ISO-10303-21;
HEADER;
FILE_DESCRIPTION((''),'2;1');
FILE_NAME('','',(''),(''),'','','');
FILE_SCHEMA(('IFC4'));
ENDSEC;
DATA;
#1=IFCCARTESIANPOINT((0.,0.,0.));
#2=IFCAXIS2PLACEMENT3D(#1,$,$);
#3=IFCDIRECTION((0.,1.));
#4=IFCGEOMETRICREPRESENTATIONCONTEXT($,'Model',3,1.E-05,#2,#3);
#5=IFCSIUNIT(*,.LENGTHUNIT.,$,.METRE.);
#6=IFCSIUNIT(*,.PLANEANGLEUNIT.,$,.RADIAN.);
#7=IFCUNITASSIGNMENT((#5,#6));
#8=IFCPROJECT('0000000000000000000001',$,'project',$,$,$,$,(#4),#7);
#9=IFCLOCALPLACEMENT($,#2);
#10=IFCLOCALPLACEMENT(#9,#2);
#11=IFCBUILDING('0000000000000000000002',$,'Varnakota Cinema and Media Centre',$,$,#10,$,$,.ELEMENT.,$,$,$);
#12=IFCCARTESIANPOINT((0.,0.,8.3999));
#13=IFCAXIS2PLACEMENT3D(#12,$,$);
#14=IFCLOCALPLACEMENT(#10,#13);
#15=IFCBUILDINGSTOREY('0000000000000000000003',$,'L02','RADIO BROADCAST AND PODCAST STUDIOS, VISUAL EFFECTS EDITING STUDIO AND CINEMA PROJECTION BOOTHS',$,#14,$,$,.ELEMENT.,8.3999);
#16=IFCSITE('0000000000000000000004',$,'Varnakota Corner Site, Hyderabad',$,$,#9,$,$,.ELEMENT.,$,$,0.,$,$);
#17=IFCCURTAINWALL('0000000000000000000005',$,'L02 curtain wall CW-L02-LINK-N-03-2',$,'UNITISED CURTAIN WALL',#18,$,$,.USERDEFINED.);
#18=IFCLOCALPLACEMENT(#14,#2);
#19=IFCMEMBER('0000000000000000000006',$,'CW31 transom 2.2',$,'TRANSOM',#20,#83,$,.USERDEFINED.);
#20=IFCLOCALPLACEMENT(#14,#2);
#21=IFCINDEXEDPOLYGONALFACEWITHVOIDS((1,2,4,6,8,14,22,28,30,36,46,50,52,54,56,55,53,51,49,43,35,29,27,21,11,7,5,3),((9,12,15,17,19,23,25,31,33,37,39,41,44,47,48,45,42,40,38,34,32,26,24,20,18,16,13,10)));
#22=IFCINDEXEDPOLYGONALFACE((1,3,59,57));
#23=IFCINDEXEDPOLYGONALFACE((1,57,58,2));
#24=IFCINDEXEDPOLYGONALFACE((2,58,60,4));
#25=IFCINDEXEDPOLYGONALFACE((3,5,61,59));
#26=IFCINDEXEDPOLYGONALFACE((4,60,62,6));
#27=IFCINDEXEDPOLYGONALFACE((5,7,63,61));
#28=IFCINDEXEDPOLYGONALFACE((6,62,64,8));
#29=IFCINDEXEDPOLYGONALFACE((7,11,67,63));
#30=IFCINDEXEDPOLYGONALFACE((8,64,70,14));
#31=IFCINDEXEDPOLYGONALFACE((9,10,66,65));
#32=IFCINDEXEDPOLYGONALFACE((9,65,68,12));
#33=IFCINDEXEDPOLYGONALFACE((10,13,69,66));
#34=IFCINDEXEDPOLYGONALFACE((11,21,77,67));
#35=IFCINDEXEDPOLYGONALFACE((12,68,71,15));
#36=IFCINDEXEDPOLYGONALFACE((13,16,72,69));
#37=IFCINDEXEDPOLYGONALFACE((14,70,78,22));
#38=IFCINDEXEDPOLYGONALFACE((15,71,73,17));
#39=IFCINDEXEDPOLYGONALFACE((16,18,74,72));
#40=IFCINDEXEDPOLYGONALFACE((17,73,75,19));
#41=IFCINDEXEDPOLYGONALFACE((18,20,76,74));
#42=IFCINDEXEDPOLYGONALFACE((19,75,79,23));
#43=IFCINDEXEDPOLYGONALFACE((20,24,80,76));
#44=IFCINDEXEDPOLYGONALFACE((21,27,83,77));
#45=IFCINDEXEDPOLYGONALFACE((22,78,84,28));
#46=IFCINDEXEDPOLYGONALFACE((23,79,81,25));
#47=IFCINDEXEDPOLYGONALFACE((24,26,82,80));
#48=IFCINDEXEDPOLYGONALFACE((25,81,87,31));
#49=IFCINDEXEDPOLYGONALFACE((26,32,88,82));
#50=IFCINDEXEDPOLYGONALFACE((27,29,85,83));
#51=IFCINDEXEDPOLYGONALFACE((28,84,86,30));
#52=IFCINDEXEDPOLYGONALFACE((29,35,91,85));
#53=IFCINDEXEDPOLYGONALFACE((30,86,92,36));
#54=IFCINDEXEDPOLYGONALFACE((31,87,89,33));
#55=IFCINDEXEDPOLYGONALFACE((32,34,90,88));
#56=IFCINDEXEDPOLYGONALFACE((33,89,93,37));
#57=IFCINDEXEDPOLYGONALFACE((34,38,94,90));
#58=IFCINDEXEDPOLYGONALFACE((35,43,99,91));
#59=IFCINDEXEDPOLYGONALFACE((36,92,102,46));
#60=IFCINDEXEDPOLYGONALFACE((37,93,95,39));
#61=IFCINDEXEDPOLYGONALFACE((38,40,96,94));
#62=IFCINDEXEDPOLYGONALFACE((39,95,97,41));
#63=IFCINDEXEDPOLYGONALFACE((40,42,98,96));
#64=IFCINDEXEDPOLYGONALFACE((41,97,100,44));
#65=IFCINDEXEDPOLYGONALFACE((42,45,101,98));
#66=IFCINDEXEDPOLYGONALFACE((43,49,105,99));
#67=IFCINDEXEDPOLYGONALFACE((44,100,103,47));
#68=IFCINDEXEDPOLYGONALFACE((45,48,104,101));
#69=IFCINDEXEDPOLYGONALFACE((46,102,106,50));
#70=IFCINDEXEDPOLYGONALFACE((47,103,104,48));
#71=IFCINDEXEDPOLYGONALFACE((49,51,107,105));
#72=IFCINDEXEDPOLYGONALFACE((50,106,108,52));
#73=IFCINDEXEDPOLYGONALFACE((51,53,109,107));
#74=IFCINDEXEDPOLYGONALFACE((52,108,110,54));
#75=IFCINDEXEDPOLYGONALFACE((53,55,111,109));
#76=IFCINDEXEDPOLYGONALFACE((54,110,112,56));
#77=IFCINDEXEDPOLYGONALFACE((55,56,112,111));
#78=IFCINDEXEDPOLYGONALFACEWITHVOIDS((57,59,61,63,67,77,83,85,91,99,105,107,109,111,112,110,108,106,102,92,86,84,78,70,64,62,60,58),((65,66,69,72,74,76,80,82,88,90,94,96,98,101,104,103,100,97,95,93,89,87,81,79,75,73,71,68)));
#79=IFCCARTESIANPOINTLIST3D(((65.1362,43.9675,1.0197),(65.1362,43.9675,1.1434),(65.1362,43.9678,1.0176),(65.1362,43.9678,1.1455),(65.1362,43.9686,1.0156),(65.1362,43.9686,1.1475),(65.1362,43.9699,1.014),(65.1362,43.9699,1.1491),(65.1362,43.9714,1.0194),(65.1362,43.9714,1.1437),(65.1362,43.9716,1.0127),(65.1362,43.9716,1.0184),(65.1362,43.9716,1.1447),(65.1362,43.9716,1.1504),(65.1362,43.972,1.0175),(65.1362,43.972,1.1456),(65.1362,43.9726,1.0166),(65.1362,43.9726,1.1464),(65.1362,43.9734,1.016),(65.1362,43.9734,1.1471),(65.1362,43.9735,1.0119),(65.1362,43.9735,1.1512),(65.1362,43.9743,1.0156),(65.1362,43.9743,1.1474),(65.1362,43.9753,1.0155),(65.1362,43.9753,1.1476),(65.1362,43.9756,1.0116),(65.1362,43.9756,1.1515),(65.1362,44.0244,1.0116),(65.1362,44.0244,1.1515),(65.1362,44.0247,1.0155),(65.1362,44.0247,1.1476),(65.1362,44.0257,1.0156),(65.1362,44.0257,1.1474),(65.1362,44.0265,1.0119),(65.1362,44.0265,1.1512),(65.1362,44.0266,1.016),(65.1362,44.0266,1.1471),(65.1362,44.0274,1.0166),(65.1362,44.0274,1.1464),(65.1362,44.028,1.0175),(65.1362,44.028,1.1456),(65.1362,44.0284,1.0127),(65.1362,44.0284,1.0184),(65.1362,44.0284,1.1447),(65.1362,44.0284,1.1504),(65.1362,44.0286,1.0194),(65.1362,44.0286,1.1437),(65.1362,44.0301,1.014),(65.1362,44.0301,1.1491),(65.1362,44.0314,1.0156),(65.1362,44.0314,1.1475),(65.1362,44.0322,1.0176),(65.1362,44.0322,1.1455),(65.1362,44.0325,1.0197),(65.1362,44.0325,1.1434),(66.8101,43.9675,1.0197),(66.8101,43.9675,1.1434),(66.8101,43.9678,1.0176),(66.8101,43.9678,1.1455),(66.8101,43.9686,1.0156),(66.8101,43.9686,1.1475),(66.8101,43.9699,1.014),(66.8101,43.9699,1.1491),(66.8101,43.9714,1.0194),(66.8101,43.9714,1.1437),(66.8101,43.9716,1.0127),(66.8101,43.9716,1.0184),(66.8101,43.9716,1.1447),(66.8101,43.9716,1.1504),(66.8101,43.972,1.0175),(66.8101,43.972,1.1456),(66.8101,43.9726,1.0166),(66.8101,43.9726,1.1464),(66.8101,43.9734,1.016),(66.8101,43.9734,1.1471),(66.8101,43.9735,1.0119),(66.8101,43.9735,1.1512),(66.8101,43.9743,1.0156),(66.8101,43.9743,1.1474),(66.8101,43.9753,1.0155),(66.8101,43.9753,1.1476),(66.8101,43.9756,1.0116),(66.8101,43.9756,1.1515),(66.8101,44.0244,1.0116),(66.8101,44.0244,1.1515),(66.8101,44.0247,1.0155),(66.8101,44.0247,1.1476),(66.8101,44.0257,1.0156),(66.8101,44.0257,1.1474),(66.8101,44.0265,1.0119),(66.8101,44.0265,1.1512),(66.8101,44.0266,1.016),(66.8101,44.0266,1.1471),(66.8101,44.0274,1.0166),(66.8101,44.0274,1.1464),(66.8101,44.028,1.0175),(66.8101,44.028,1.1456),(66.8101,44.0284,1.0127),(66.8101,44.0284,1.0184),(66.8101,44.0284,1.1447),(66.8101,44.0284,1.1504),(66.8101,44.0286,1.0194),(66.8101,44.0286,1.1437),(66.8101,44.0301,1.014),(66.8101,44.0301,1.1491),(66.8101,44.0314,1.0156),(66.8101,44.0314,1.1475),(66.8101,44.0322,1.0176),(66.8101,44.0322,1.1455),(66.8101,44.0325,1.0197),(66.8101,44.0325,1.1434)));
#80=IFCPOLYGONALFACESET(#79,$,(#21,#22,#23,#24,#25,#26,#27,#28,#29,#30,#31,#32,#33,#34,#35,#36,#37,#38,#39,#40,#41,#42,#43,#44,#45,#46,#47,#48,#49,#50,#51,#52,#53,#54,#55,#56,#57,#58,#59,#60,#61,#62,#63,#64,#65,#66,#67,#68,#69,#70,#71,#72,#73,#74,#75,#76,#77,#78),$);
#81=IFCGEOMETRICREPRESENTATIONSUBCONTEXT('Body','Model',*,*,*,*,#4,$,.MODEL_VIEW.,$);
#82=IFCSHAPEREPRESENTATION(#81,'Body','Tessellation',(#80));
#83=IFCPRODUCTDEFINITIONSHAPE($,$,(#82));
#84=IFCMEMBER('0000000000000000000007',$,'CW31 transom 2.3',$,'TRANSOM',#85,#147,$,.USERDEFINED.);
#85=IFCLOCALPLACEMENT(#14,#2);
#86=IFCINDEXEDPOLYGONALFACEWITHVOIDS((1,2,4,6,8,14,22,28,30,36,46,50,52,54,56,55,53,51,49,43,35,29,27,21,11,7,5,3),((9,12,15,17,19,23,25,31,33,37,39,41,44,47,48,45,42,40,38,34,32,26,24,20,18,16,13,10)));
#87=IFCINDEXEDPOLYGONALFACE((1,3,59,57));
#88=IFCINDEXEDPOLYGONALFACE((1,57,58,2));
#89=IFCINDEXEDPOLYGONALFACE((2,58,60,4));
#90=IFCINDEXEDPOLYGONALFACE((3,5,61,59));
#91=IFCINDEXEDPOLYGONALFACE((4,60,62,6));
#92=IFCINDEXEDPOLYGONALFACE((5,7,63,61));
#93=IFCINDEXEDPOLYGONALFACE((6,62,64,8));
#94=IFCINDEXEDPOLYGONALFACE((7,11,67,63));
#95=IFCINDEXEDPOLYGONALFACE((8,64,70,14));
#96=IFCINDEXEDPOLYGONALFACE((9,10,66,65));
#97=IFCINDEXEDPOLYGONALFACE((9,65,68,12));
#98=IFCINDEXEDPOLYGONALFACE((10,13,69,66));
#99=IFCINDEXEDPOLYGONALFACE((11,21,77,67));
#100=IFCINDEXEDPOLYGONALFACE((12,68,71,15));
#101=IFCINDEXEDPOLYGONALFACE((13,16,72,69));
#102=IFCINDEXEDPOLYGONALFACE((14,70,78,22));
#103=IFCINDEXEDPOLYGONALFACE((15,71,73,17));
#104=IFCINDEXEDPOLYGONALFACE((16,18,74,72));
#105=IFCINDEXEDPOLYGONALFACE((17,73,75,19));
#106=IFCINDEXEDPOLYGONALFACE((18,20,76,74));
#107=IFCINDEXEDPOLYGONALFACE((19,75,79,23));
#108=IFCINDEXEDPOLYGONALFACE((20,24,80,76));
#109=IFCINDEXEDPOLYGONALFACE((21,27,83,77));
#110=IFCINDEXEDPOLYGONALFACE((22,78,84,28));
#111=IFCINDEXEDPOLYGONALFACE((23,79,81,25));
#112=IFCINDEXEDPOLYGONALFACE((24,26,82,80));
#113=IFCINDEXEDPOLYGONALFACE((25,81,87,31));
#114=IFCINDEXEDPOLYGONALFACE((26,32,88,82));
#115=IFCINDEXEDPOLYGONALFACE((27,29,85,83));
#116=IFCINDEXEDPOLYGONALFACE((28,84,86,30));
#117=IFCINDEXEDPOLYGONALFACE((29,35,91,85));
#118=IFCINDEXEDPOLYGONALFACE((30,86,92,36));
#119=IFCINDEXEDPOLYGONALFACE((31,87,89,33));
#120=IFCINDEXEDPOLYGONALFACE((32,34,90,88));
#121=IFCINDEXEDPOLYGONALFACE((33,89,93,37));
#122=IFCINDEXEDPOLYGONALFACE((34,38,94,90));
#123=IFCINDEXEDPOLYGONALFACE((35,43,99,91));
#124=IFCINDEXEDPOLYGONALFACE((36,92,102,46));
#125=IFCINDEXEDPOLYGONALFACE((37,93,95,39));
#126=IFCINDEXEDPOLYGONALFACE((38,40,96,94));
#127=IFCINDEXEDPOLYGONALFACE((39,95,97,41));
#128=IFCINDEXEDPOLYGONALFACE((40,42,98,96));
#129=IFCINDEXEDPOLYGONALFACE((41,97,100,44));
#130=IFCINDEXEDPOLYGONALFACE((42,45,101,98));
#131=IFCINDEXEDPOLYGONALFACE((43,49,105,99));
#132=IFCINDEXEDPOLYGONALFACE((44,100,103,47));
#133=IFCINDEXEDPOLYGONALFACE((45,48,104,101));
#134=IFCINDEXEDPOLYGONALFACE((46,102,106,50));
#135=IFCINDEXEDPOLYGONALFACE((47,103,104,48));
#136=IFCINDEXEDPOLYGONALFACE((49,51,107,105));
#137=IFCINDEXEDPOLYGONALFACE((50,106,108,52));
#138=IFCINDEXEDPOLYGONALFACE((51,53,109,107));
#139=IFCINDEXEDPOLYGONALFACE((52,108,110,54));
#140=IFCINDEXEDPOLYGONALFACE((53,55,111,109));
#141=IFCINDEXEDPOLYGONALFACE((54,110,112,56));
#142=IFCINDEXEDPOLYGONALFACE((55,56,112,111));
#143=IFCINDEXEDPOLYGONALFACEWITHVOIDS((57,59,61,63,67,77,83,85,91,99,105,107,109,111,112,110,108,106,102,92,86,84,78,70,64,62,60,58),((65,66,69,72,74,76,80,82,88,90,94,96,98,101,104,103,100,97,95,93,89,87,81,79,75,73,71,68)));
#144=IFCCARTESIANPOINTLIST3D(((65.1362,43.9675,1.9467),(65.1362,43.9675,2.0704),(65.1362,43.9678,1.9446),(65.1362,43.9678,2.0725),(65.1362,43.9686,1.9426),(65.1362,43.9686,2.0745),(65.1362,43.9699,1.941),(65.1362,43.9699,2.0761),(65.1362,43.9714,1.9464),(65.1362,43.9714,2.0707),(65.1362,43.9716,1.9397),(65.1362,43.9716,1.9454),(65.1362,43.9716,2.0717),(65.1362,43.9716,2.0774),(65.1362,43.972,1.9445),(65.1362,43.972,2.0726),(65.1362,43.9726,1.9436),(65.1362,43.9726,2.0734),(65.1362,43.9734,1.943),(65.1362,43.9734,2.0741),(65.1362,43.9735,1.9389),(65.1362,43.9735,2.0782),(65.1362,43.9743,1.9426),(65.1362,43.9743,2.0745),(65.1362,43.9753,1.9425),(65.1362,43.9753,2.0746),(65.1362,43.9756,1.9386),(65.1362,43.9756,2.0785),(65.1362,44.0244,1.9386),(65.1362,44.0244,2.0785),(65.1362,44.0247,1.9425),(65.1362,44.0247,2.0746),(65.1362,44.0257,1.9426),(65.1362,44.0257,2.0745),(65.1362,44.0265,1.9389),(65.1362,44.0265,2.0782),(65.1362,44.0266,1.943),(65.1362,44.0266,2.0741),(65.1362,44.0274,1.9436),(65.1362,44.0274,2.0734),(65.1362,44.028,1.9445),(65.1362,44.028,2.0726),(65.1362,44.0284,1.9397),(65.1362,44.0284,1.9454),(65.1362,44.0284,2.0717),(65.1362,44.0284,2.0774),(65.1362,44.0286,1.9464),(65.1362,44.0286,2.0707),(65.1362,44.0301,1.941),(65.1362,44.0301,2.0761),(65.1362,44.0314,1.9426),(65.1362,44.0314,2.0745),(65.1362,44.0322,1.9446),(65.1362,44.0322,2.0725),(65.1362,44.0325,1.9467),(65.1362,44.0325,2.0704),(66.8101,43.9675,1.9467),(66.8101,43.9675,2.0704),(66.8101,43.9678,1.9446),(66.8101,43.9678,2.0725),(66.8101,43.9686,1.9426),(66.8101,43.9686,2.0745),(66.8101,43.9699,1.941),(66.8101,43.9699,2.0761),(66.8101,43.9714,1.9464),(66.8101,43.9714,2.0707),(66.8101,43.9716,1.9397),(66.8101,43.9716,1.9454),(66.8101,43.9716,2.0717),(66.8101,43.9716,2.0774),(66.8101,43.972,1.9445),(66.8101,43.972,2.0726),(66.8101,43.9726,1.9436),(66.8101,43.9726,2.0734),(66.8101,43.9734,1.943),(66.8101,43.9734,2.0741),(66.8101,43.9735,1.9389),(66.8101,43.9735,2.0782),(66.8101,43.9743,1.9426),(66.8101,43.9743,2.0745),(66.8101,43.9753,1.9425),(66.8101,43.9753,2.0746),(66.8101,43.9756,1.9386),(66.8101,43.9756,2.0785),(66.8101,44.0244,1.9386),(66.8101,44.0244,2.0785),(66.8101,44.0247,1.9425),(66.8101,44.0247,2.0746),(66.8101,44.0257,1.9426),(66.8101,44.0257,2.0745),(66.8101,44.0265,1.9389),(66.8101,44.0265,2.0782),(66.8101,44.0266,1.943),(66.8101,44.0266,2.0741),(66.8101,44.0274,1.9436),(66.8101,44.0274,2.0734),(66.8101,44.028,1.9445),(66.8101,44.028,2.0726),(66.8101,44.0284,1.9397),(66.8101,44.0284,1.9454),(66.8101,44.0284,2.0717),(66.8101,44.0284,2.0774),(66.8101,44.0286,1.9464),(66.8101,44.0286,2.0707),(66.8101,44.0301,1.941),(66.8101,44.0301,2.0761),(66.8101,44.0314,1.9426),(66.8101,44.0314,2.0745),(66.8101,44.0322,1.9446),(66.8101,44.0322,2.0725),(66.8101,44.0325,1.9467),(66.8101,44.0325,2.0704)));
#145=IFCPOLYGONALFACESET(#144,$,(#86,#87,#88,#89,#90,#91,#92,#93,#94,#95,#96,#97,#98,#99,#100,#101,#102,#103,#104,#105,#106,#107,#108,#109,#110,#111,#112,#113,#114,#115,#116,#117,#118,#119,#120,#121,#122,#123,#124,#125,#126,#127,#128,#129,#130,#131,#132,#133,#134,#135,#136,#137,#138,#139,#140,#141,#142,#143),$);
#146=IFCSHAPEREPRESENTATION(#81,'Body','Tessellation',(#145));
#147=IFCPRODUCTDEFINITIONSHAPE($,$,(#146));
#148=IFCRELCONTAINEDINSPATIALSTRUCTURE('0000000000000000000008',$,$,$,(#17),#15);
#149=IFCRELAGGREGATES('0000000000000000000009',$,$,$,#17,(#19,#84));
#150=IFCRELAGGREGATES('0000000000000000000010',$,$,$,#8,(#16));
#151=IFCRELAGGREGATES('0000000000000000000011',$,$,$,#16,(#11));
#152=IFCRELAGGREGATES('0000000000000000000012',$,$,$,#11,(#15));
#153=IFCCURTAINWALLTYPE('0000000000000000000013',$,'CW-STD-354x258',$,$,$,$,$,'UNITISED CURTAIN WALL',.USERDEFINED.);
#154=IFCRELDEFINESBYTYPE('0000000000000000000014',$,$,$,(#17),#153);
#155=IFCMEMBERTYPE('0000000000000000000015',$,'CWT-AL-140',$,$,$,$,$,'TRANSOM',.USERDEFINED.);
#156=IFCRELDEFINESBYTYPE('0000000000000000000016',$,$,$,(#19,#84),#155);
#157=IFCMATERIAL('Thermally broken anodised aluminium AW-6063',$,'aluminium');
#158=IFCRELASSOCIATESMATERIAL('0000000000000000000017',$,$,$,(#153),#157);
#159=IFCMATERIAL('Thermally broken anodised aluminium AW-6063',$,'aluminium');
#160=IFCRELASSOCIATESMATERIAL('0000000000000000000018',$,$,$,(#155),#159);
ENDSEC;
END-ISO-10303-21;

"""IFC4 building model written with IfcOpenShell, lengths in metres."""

from ifc_helpers import new_model, si_unit, direction, frame, origin, origin_2d, place, context, subcontext, project, spatial, hollow_rectangle, extrude, material, material_profile, profile_set, type_object, element, aggregate, save


model = new_model("IFC4")

# Units and contexts
model_context = context("Model", 3, precision=1e-05, world=origin(), true_north=direction((0.0, 1.0)))
body_context = subcontext(model_context, "Body", "Model", "MODEL_VIEW")
ifc_project = project(units=[si_unit("LENGTHUNIT", "METRE"), si_unit("PLANEANGLEUNIT", "RADIAN")], contexts=[model_context])

# Site, building, storey
site_placement = place(None, origin())
site = spatial("IfcSite", under=ifc_project, at=site_placement, Name="Varnakota Corner Site, Hyderabad", CompositionType="ELEMENT", RefElevation=0.0)
building_placement = place(site_placement, origin())
building = spatial("IfcBuilding", under=site, at=building_placement, Name="Varnakota Cinema and Media Centre", CompositionType="ELEMENT")
storey_placement = place(building_placement, frame((0.0, 0.0, 8.3999)))
storey = spatial("IfcBuildingStorey", under=building, at=storey_placement, Name="L02", Description="RADIO BROADCAST AND PODCAST STUDIOS, VISUAL EFFECTS EDITING STUDIO AND CINEMA PROJECTION BOOTHS", CompositionType="ELEMENT", Elevation=8.3999)

# Curtain wall
ifc_material_1 = material(Name="Thermally broken anodised aluminium AW-6063", Category="aluminium")
curtain_wall_type = type_object("IfcCurtainWallType", Name="CW-STD-354x258", ElementType="UNITISED CURTAIN WALL", PredefinedType="USERDEFINED", material=ifc_material_1)
curtain_wall_1_placement = place(storey_placement, origin())
curtain_wall_1 = element("IfcCurtainWall", 1, at=curtain_wall_1_placement, inside=storey, type_object=curtain_wall_type, Name="L02 curtain wall CW-L02-LINK-N-03-2", ObjectType="UNITISED CURTAIN WALL", PredefinedType="USERDEFINED")

# Members
ifc_material_2 = material(Name="Thermally broken anodised aluminium AW-6063", Category="aluminium")
ifc_material_profile_1 = material_profile(ifc_material_2, hollow_rectangle(XDim=0.0649, YDim=0.1399, WallThickness=0.0039, InnerFilletRadius=0.0039, OuterFilletRadius=0.0081, at=origin_2d()), Name="AL-TRANSOM 140x65x4")
ifc_profile_set_1 = profile_set([ifc_material_profile_1], Name="Thermally broken anodised aluminium AW-6063")
member_type_1 = type_object("IfcMemberType", Name="CWT-AL-140", ElementType="TRANSOM", PredefinedType="USERDEFINED", material=ifc_profile_set_1)
member_1_placement = place(storey_placement, frame((65.1362, 44.0, 1.0815), z_axis=(1.0, 0.0, 0.0), x_axis=(0.0, 1.0, 0.0)))
member_1 = element("IfcMember", 2, at=member_1_placement, type_object=member_type_1, Name="CW31 transom 2.2", ObjectType="TRANSOM", PredefinedType="USERDEFINED", context=body_context, shape_type="SweptSolid", body=[
    extrude(hollow_rectangle(XDim=0.0649, YDim=0.1399, WallThickness=0.0039, InnerFilletRadius=0.0039, OuterFilletRadius=0.0081, at=origin_2d()), origin(), (0.0, 0.0, 1.0), 1.6738),
])
member_2_placement = place(storey_placement, frame((65.1362, 44.0, 2.0085), z_axis=(1.0, 0.0, 0.0), x_axis=(0.0, 1.0, 0.0)))
member_2 = element("IfcMember", 3, at=member_2_placement, type_object=member_type_1, Name="CW31 transom 2.3", ObjectType="TRANSOM", PredefinedType="USERDEFINED", context=body_context, shape_type="SweptSolid", body=[
    extrude(hollow_rectangle(XDim=0.0649, YDim=0.1399, WallThickness=0.0039, InnerFilletRadius=0.0039, OuterFilletRadius=0.0081, at=origin_2d()), origin(), (0.0, 0.0, 1.0), 1.6738),
])

aggregate(curtain_wall_1, [member_1, member_2])

save(model, "model.ifc")
